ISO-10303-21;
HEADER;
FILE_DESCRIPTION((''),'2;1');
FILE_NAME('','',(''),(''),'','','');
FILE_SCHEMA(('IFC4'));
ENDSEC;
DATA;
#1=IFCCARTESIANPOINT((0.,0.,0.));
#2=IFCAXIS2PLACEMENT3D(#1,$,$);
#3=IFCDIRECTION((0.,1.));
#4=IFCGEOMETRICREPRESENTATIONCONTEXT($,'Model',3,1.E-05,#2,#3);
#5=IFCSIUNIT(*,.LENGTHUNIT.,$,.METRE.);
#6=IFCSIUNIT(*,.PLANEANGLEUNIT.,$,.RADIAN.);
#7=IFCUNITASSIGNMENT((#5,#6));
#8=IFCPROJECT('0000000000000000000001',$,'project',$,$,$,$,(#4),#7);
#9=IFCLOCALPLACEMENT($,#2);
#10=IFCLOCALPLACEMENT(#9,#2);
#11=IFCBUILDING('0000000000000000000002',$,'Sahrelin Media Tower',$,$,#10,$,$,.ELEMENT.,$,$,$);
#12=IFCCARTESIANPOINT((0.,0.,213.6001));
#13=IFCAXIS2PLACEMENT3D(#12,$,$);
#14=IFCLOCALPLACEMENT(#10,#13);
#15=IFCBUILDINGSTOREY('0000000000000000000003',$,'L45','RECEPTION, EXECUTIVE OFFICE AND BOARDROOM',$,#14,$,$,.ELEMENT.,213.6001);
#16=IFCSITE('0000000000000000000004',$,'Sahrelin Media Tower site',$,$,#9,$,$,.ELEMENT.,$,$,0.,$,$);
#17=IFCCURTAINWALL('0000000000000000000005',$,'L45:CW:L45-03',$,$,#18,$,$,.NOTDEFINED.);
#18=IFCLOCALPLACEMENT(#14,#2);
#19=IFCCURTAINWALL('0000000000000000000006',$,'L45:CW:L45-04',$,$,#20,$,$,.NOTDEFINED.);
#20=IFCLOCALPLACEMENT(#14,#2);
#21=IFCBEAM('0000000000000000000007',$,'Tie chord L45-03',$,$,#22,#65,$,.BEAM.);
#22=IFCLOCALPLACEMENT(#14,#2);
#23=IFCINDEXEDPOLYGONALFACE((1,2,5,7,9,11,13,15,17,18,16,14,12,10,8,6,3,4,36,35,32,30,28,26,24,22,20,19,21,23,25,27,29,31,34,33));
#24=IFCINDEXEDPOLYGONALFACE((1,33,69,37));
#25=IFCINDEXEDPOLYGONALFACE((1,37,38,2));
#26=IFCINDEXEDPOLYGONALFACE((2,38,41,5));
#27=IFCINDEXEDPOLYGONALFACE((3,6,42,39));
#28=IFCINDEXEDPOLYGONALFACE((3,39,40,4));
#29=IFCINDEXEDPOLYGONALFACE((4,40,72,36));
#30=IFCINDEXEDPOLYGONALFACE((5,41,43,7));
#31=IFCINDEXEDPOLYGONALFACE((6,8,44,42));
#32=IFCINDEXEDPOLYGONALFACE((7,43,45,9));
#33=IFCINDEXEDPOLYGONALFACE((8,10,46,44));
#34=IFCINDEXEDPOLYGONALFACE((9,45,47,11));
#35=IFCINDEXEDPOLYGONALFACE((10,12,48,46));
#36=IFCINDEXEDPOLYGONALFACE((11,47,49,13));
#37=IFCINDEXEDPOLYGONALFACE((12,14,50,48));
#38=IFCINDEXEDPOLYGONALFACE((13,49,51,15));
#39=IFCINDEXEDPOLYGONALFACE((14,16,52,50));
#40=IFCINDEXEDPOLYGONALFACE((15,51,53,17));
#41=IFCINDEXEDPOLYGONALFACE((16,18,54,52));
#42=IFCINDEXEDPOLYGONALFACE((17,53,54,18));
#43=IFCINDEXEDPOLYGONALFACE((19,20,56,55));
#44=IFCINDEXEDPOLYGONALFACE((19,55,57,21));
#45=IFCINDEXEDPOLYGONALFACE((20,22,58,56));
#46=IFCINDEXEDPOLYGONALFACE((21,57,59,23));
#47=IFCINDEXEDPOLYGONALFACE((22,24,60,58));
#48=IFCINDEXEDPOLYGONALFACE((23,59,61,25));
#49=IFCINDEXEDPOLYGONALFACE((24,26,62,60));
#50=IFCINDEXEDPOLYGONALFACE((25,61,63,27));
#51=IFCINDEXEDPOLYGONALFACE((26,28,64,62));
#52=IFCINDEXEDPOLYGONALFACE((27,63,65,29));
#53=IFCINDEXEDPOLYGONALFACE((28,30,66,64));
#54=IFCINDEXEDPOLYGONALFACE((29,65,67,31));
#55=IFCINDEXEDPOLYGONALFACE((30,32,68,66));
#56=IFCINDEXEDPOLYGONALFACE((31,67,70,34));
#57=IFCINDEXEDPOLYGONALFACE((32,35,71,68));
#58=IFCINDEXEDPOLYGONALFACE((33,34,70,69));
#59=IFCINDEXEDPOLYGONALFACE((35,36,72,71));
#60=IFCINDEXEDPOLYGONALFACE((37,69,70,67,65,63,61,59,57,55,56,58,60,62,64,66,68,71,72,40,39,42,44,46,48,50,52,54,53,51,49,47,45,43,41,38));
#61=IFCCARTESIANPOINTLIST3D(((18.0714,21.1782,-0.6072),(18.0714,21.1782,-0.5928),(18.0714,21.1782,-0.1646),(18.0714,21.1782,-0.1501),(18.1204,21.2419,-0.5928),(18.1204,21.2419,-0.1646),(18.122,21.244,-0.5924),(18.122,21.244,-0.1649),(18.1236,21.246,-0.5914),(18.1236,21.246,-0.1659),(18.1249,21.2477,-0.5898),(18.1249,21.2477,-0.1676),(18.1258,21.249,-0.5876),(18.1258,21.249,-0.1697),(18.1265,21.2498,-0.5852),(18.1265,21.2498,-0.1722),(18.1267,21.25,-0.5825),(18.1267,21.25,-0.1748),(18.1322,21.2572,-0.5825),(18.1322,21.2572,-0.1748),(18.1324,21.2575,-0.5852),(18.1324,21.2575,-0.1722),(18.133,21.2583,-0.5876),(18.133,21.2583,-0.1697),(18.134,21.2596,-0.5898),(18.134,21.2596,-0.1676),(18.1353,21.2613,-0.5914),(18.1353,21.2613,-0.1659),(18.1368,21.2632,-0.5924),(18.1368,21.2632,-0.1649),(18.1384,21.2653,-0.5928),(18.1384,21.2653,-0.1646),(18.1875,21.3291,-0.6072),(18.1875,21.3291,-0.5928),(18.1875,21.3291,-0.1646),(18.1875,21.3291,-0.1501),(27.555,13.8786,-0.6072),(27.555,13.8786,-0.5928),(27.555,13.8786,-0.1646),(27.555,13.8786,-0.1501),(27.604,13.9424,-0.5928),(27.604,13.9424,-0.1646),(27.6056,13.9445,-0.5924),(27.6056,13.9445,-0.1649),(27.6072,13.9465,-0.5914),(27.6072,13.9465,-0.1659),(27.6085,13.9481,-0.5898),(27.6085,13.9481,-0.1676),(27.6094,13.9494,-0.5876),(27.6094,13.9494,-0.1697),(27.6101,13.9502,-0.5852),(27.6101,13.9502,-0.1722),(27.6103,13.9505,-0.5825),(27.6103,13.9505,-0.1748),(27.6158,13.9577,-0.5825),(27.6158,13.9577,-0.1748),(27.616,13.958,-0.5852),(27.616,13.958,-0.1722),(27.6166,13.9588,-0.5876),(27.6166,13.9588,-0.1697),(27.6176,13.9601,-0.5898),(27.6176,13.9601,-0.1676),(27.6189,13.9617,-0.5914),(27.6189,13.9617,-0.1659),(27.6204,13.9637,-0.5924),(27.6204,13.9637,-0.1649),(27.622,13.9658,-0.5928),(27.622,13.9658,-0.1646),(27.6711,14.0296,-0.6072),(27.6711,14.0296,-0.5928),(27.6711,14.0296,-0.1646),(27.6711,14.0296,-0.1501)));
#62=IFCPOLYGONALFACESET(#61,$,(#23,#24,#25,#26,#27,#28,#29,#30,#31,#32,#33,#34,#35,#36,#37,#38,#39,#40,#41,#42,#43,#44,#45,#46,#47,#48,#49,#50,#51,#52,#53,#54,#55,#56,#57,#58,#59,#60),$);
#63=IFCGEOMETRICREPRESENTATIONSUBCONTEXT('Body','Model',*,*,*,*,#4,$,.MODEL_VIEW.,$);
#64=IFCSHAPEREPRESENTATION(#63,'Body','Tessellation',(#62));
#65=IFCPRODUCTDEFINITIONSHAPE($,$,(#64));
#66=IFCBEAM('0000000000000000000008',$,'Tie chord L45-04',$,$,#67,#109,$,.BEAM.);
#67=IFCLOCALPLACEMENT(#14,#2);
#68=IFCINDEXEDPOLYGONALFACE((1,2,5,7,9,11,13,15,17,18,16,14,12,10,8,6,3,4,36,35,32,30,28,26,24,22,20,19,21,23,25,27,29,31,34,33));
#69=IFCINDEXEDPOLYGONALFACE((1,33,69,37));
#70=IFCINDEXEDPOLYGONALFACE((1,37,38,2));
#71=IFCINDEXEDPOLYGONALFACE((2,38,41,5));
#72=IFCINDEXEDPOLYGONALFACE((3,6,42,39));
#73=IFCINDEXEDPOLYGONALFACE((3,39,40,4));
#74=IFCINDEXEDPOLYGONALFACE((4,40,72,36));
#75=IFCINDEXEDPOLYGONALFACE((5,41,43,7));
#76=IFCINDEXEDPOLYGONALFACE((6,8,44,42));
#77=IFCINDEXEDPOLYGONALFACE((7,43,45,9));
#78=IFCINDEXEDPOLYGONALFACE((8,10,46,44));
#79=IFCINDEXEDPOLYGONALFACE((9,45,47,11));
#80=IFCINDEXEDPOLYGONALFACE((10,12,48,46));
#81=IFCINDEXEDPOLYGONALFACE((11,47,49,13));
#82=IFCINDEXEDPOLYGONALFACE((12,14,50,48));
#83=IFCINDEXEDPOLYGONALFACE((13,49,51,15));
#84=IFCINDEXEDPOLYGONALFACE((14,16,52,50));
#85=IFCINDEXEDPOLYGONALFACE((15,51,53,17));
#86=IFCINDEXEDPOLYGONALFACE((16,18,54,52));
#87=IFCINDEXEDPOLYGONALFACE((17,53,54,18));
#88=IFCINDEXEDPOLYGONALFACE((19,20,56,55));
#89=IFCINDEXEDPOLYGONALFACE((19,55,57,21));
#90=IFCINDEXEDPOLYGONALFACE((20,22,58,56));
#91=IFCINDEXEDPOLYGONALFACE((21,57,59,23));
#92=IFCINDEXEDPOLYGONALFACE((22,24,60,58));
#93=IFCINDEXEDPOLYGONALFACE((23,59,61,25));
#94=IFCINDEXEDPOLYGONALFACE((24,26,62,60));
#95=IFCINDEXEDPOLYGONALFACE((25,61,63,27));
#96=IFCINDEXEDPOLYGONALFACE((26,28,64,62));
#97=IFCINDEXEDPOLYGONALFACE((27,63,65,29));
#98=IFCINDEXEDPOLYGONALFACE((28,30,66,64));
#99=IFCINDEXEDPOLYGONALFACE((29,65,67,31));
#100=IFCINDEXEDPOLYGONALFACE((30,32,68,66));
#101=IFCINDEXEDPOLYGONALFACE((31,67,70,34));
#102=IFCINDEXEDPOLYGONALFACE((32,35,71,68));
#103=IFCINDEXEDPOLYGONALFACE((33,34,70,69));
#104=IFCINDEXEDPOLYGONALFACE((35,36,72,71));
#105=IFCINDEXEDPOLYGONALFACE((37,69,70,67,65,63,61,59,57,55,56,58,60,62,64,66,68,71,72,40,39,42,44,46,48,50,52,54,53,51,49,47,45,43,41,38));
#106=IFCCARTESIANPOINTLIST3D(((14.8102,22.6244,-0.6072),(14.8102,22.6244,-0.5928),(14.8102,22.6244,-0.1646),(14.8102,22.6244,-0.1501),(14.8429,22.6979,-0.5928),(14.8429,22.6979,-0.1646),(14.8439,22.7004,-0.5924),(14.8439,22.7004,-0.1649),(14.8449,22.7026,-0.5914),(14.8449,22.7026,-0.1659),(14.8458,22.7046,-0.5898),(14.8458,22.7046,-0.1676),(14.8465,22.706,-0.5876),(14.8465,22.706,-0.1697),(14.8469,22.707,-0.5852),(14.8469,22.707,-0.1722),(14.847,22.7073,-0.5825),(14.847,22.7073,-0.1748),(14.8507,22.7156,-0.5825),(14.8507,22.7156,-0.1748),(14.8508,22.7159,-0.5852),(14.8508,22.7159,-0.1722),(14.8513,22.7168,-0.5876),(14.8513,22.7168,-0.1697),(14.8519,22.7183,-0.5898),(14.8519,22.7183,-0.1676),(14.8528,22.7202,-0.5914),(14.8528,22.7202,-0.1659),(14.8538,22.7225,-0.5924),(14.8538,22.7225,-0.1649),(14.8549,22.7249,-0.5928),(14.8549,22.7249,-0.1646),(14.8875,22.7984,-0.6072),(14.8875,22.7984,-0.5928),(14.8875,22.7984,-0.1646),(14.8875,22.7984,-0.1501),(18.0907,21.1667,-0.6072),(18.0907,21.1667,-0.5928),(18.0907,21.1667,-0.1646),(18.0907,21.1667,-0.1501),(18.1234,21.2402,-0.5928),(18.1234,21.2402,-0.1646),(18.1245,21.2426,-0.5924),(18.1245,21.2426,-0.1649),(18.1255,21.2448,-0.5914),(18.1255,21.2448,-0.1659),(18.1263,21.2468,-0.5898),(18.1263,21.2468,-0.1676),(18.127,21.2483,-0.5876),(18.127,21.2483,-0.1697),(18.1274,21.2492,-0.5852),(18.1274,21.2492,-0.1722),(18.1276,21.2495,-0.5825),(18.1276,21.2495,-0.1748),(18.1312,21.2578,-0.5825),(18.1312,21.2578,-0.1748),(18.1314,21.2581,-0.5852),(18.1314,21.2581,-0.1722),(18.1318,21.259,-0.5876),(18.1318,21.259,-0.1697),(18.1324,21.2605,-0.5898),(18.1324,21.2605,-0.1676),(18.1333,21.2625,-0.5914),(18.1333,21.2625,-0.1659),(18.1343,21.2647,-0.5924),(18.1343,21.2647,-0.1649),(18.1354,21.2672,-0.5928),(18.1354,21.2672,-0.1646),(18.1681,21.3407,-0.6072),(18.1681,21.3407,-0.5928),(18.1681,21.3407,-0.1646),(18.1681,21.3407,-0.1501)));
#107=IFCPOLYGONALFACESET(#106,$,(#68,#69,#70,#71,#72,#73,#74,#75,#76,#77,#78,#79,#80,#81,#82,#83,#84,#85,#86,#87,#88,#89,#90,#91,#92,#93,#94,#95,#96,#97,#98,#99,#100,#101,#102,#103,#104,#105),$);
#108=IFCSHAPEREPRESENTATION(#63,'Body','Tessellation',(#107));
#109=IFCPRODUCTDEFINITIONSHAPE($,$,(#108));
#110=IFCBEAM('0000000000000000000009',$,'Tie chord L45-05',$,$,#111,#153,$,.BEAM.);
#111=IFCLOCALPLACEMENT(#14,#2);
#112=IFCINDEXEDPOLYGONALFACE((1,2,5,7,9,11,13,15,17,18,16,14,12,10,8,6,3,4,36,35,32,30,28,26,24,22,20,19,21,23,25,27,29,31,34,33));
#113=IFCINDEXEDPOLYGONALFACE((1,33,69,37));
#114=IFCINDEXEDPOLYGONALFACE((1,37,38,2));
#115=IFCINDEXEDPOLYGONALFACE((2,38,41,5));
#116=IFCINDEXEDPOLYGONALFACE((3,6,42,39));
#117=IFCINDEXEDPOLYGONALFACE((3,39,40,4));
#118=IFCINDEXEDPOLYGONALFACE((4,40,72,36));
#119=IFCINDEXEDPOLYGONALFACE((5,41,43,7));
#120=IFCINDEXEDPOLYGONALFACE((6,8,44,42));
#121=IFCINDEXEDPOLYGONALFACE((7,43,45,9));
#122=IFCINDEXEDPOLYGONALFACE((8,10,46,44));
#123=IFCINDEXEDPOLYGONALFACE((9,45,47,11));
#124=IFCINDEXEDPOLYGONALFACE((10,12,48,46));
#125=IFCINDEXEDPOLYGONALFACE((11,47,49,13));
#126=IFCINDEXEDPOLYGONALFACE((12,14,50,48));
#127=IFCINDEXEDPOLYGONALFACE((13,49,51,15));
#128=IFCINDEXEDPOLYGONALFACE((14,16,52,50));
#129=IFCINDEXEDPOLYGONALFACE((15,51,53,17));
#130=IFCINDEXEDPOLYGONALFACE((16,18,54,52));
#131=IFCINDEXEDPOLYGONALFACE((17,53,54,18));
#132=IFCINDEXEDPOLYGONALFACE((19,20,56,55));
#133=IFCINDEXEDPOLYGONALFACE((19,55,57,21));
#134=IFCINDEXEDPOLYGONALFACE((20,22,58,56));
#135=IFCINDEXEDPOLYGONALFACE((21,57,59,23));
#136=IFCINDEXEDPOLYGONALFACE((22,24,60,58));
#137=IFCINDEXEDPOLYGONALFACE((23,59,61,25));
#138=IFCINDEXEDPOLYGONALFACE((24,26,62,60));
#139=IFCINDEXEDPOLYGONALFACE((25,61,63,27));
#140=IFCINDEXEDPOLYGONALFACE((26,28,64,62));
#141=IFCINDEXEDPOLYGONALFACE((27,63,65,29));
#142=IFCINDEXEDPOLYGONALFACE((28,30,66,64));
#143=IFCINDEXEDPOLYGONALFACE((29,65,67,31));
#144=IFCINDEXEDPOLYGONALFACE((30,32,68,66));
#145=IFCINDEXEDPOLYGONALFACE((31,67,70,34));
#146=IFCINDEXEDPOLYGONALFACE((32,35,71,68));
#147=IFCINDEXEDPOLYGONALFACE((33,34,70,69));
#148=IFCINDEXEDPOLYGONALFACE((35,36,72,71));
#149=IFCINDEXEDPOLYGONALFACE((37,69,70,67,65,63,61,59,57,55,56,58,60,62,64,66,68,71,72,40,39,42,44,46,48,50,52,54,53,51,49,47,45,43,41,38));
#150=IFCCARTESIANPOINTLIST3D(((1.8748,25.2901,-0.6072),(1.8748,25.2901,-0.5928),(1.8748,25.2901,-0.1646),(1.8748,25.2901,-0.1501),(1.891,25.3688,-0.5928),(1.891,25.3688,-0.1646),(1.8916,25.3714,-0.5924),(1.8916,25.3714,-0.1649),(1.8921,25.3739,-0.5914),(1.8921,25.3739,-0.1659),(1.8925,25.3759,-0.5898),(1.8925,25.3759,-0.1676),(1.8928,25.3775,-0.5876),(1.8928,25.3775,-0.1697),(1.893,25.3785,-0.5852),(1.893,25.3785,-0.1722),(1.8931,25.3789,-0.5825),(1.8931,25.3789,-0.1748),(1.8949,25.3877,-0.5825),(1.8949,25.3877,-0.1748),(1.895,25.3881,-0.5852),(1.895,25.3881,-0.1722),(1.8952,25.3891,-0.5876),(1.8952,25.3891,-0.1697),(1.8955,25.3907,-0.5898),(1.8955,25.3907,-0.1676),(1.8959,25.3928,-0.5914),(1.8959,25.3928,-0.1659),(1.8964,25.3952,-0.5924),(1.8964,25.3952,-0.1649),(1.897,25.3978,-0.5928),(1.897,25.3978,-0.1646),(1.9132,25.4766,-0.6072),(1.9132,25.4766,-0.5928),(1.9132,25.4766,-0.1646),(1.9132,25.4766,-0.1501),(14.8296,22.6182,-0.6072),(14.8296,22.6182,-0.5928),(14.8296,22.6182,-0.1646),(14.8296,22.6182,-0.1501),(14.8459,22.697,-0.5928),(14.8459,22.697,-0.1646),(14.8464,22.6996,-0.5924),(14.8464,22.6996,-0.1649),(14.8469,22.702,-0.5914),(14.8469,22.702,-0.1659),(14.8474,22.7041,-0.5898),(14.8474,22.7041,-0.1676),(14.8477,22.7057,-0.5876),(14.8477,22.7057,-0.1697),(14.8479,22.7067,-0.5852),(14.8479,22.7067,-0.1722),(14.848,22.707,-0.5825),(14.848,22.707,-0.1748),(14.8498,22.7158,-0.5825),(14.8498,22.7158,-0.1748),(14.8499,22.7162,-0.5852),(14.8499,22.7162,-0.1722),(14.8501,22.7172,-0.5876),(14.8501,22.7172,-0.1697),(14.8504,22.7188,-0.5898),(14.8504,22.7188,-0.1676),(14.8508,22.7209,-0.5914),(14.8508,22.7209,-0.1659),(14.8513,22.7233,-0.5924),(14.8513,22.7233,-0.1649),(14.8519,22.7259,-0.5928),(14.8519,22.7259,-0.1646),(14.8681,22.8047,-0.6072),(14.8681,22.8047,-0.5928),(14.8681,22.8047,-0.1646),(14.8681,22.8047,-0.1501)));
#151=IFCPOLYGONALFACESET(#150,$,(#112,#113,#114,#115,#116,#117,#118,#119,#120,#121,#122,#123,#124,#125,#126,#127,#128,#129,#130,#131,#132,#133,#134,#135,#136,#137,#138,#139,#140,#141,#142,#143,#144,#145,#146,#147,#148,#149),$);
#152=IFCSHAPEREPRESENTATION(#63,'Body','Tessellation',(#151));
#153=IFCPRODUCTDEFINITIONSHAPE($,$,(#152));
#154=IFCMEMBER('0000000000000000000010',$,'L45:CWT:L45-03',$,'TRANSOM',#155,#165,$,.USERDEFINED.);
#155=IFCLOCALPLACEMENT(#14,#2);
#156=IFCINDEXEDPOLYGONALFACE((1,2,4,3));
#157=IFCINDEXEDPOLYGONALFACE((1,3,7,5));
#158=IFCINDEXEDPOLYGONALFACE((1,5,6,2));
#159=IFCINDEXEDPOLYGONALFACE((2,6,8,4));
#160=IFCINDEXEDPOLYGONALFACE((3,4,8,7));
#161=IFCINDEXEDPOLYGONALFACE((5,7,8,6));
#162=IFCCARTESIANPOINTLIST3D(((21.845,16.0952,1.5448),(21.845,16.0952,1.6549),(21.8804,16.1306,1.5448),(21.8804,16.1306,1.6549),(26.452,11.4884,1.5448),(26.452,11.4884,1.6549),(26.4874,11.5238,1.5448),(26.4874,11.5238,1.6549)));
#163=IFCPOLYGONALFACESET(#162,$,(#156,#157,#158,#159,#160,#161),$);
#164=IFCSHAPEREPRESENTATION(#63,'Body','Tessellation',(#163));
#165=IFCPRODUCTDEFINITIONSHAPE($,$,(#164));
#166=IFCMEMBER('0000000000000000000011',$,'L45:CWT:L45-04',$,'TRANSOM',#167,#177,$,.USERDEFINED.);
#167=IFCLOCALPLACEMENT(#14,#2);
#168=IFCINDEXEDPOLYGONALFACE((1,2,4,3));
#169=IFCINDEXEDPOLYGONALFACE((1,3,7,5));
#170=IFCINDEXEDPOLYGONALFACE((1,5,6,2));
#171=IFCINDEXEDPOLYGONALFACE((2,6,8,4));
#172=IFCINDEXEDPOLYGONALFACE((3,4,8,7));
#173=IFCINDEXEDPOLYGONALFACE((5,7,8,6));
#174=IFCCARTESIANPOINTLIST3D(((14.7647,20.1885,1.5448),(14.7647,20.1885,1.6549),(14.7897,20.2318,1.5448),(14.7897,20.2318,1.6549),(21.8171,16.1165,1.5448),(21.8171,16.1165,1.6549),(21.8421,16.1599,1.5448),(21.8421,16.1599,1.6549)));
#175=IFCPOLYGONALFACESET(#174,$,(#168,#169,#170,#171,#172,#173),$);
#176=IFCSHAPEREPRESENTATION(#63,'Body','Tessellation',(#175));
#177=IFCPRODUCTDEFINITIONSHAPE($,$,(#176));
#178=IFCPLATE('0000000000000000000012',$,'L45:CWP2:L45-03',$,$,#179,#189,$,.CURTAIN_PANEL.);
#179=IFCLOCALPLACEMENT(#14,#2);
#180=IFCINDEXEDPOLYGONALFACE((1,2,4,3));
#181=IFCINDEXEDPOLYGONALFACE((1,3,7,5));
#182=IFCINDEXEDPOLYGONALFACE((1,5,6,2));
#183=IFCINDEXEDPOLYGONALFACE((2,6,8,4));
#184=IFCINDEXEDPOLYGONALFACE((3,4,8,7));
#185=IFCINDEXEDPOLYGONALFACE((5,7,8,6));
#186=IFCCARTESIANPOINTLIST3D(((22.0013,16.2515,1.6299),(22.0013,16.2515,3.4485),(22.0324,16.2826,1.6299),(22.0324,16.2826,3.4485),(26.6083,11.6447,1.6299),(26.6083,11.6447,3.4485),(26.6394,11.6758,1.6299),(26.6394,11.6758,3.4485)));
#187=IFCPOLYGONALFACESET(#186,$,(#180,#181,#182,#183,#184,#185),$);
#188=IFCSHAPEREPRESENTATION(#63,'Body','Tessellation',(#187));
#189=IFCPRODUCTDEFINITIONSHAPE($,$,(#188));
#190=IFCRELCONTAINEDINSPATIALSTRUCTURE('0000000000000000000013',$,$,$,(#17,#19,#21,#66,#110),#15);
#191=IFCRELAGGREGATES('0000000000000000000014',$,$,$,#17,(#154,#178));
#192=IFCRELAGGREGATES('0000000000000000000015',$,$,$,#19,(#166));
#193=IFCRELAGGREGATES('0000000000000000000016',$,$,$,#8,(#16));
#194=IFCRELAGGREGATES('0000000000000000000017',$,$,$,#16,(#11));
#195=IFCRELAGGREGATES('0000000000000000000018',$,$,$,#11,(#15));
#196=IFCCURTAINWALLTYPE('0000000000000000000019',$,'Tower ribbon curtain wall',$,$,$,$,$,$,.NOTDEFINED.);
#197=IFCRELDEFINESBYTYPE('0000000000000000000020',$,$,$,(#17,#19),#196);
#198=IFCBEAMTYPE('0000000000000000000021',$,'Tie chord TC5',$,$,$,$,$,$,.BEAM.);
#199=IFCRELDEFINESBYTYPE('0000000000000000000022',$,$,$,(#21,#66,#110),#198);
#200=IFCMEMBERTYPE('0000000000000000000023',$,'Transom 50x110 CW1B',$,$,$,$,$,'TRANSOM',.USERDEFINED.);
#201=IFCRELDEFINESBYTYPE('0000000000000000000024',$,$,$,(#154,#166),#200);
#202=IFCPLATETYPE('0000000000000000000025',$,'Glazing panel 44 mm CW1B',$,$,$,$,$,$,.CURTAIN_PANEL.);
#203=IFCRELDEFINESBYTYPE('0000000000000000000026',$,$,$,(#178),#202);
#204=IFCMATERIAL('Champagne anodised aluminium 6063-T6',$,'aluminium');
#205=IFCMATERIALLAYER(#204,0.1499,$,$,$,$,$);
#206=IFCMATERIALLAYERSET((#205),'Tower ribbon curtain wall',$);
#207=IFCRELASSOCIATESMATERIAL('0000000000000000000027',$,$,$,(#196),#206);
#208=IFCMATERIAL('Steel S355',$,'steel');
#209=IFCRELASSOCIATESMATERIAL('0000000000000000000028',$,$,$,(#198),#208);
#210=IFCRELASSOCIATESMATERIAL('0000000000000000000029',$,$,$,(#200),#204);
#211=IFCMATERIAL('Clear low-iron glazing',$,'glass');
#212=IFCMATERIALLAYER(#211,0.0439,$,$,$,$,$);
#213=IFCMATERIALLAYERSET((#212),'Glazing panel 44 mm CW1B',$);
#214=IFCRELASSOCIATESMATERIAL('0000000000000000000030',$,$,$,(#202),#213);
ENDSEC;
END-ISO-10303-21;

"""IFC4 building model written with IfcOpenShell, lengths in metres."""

from ifc_helpers import new_model, si_unit, direction, frame, origin, origin_2d, place, context, subcontext, project, spatial, polyline, rectangle, i_section, outline, extrude, material, layer, layer_set, material_profile, profile_set, type_object, element, aggregate, save


model = new_model("IFC4")

# Units and contexts
model_context = context("Model", 3, precision=1e-05, world=origin(), true_north=direction((0.0, 1.0)))
body_context = subcontext(model_context, "Body", "Model", "MODEL_VIEW")
ifc_project = project(units=[si_unit("LENGTHUNIT", "METRE"), si_unit("PLANEANGLEUNIT", "RADIAN")], contexts=[model_context])

# Site, building, storey
site_placement = place(None, origin())
site = spatial("IfcSite", under=ifc_project, at=site_placement, Name="Sahrelin Media Tower site", CompositionType="ELEMENT", RefElevation=0.0)
building_placement = place(site_placement, origin())
building = spatial("IfcBuilding", under=site, at=building_placement, Name="Sahrelin Media Tower", CompositionType="ELEMENT")
storey_placement = place(building_placement, frame((0.0, 0.0, 213.6001)))
storey = spatial("IfcBuildingStorey", under=building, at=storey_placement, Name="L45", Description="RECEPTION, EXECUTIVE OFFICE AND BOARDROOM", CompositionType="ELEMENT", Elevation=213.6001)

# Shared definitions
ifc_material_1 = material(Name="Steel S355", Category="steel")

# Curtain walls
ifc_material_2 = material(Name="Champagne anodised aluminium 6063-T6", Category="aluminium")
ifc_layer_1 = layer(ifc_material_2, 0.1499)
ifc_layer_set_1 = layer_set([ifc_layer_1], Name="Tower ribbon curtain wall")
curtain_wall_type = type_object("IfcCurtainWallType", Name="Tower ribbon curtain wall", PredefinedType="NOTDEFINED", material=ifc_layer_set_1)
curtain_wall_1_placement = place(storey_placement, frame((24.3218, 13.9648, 0.0), z_axis=(0.0, 0.0, 1.0), x_axis=(1.0, 0.0, 0.0)))
curtain_wall_1 = element("IfcCurtainWall", 1, at=curtain_wall_1_placement, inside=storey, type_object=curtain_wall_type, Name="L45:CW:L45-03", PredefinedType="NOTDEFINED")
curtain_wall_2_placement = place(storey_placement, frame((18.4133, 18.3645, 0.0), z_axis=(0.0, 0.0, 1.0), x_axis=(1.0, 0.0, 0.0)))
curtain_wall_2 = element("IfcCurtainWall", 2, at=curtain_wall_2_placement, inside=storey, type_object=curtain_wall_type, Name="L45:CW:L45-04", PredefinedType="NOTDEFINED")

# Beams
ifc_material_profile_1 = material_profile(ifc_material_1, i_section(OverallWidth=0.1904, OverallDepth=0.457, WebThickness=0.009, FlangeThickness=0.0144, FilletRadius=0.0103, at=origin_2d()), Name="UB 457x191x74")
ifc_profile_set_1 = profile_set([ifc_material_profile_1], Name="Steel S355")
beam_type_1 = type_object("IfcBeamType", Name="Tie chord TC5", PredefinedType="BEAM", material=ifc_profile_set_1)
beam_1_placement = place(storey_placement, frame((27.613, 13.9541, -0.3787), z_axis=(-0.792444, 0.609944, 0.0), x_axis=(-0.609944, -0.792444, 0.0)))
element("IfcBeam", 3, at=beam_1_placement, inside=storey, type_object=beam_type_1, Name="Tie chord L45-03", PredefinedType="BEAM", context=body_context, shape_type="SweptSolid", body=[
    extrude(i_section(OverallWidth=0.1904, OverallDepth=0.457, WebThickness=0.009, FlangeThickness=0.0144, FilletRadius=0.0103, at=origin_2d()), origin(), (0.0, 0.0, 1.0), 11.9675),
])
beam_2_placement = place(storey_placement, frame((18.1294, 21.2537, -0.3787), z_axis=(-0.913837, 0.406082, 0.0), x_axis=(-0.406082, -0.913837, 0.0)))
element("IfcBeam", 4, at=beam_2_placement, inside=storey, type_object=beam_type_1, Name="Tie chord L45-04", PredefinedType="BEAM", context=body_context, shape_type="SweptSolid", body=[
    extrude(i_section(OverallWidth=0.1904, OverallDepth=0.457, WebThickness=0.009, FlangeThickness=0.0144, FilletRadius=0.0103, at=origin_2d()), origin(), (0.0, 0.0, 1.0), 3.5898),
])
beam_3_placement = place(storey_placement, frame((14.8489, 22.7114, -0.3787), z_axis=(-0.979387, 0.201994, 0.0), x_axis=(-0.201994, -0.979387, 0.0)))
element("IfcBeam", 5, at=beam_3_placement, inside=storey, type_object=beam_type_1, Name="Tie chord L45-05", PredefinedType="BEAM", context=body_context, shape_type="SweptSolid", body=[
    extrude(i_section(OverallWidth=0.1904, OverallDepth=0.457, WebThickness=0.009, FlangeThickness=0.0144, FilletRadius=0.0103, at=origin_2d()), origin(), (0.0, 0.0, 1.0), 13.2275),
])

# Members
ifc_material_profile_2 = material_profile(ifc_material_2, rectangle(XDim=0.05, YDim=0.1101, at=origin_2d()), Name="Transom 50x110")
ifc_profile_set_2 = profile_set([ifc_material_profile_2], Name="Champagne anodised aluminium 6063-T6")
member_type_1 = type_object("IfcMemberType", Name="Transom 50x110 CW1B", ElementType="TRANSOM", PredefinedType="USERDEFINED", material=ifc_profile_set_2)
member_1_placement = place(storey_placement, frame((26.4697, 11.5061, 1.5999), z_axis=(-0.707126, 0.707088, 0.0), x_axis=(-0.707088, -0.707126, 0.0)))
member_1 = element("IfcMember", 6, at=member_1_placement, type_object=member_type_1, Name="L45:CWT:L45-03", ObjectType="TRANSOM", PredefinedType="USERDEFINED", context=body_context, shape_type="SweptSolid", body=[
    extrude(rectangle(XDim=0.05, YDim=0.1101, at=origin_2d()), origin(), (0.0, 0.0, 1.0), 6.5151),
])
member_2_placement = place(storey_placement, frame((21.8296, 16.1382, 1.5999), z_axis=(-0.866011, 0.500024, 0.0), x_axis=(-0.500024, -0.866011, 0.0)))
member_2 = element("IfcMember", 7, at=member_2_placement, type_object=member_type_1, Name="L45:CWT:L45-04", ObjectType="TRANSOM", PredefinedType="USERDEFINED", context=body_context, shape_type="SweptSolid", body=[
    extrude(rectangle(XDim=0.05, YDim=0.1101, at=origin_2d()), origin(), (0.0, 0.0, 1.0), 8.1436),
])

# Plate
ifc_material_3 = material(Name="Clear low-iron glazing", Category="glass")
ifc_layer_2 = layer(ifc_material_3, 0.0439)
ifc_layer_set_2 = layer_set([ifc_layer_2], Name="Glazing panel 44 mm CW1B")
plate_type_1 = type_object("IfcPlateType", Name="Glazing panel 44 mm CW1B", PredefinedType="CURTAIN_PANEL", material=ifc_layer_set_2)
plate_1_placement = place(storey_placement, frame((26.6394, 11.6758, 1.6299), z_axis=(0.707088, 0.707126, 0.0), x_axis=(-0.707126, 0.707088, 0.0)))
plate_1 = element("IfcPlate", 8, at=plate_1_placement, type_object=plate_type_1, Name="L45:CWP2:L45-03", PredefinedType="CURTAIN_PANEL", context=body_context, shape_type="SweptSolid", body=[
    extrude(outline(polyline([(0.0, 0.0), (6.5151, 0.0), (6.5151, 1.8186), (0.0, 1.8186), (0.0, 0.0)])), origin(), (0.0, 0.0, -1.0), 0.0439),
])

aggregate(curtain_wall_1, [member_1, plate_1])
aggregate(curtain_wall_2, [member_2])

save(model, "model.ifc")
